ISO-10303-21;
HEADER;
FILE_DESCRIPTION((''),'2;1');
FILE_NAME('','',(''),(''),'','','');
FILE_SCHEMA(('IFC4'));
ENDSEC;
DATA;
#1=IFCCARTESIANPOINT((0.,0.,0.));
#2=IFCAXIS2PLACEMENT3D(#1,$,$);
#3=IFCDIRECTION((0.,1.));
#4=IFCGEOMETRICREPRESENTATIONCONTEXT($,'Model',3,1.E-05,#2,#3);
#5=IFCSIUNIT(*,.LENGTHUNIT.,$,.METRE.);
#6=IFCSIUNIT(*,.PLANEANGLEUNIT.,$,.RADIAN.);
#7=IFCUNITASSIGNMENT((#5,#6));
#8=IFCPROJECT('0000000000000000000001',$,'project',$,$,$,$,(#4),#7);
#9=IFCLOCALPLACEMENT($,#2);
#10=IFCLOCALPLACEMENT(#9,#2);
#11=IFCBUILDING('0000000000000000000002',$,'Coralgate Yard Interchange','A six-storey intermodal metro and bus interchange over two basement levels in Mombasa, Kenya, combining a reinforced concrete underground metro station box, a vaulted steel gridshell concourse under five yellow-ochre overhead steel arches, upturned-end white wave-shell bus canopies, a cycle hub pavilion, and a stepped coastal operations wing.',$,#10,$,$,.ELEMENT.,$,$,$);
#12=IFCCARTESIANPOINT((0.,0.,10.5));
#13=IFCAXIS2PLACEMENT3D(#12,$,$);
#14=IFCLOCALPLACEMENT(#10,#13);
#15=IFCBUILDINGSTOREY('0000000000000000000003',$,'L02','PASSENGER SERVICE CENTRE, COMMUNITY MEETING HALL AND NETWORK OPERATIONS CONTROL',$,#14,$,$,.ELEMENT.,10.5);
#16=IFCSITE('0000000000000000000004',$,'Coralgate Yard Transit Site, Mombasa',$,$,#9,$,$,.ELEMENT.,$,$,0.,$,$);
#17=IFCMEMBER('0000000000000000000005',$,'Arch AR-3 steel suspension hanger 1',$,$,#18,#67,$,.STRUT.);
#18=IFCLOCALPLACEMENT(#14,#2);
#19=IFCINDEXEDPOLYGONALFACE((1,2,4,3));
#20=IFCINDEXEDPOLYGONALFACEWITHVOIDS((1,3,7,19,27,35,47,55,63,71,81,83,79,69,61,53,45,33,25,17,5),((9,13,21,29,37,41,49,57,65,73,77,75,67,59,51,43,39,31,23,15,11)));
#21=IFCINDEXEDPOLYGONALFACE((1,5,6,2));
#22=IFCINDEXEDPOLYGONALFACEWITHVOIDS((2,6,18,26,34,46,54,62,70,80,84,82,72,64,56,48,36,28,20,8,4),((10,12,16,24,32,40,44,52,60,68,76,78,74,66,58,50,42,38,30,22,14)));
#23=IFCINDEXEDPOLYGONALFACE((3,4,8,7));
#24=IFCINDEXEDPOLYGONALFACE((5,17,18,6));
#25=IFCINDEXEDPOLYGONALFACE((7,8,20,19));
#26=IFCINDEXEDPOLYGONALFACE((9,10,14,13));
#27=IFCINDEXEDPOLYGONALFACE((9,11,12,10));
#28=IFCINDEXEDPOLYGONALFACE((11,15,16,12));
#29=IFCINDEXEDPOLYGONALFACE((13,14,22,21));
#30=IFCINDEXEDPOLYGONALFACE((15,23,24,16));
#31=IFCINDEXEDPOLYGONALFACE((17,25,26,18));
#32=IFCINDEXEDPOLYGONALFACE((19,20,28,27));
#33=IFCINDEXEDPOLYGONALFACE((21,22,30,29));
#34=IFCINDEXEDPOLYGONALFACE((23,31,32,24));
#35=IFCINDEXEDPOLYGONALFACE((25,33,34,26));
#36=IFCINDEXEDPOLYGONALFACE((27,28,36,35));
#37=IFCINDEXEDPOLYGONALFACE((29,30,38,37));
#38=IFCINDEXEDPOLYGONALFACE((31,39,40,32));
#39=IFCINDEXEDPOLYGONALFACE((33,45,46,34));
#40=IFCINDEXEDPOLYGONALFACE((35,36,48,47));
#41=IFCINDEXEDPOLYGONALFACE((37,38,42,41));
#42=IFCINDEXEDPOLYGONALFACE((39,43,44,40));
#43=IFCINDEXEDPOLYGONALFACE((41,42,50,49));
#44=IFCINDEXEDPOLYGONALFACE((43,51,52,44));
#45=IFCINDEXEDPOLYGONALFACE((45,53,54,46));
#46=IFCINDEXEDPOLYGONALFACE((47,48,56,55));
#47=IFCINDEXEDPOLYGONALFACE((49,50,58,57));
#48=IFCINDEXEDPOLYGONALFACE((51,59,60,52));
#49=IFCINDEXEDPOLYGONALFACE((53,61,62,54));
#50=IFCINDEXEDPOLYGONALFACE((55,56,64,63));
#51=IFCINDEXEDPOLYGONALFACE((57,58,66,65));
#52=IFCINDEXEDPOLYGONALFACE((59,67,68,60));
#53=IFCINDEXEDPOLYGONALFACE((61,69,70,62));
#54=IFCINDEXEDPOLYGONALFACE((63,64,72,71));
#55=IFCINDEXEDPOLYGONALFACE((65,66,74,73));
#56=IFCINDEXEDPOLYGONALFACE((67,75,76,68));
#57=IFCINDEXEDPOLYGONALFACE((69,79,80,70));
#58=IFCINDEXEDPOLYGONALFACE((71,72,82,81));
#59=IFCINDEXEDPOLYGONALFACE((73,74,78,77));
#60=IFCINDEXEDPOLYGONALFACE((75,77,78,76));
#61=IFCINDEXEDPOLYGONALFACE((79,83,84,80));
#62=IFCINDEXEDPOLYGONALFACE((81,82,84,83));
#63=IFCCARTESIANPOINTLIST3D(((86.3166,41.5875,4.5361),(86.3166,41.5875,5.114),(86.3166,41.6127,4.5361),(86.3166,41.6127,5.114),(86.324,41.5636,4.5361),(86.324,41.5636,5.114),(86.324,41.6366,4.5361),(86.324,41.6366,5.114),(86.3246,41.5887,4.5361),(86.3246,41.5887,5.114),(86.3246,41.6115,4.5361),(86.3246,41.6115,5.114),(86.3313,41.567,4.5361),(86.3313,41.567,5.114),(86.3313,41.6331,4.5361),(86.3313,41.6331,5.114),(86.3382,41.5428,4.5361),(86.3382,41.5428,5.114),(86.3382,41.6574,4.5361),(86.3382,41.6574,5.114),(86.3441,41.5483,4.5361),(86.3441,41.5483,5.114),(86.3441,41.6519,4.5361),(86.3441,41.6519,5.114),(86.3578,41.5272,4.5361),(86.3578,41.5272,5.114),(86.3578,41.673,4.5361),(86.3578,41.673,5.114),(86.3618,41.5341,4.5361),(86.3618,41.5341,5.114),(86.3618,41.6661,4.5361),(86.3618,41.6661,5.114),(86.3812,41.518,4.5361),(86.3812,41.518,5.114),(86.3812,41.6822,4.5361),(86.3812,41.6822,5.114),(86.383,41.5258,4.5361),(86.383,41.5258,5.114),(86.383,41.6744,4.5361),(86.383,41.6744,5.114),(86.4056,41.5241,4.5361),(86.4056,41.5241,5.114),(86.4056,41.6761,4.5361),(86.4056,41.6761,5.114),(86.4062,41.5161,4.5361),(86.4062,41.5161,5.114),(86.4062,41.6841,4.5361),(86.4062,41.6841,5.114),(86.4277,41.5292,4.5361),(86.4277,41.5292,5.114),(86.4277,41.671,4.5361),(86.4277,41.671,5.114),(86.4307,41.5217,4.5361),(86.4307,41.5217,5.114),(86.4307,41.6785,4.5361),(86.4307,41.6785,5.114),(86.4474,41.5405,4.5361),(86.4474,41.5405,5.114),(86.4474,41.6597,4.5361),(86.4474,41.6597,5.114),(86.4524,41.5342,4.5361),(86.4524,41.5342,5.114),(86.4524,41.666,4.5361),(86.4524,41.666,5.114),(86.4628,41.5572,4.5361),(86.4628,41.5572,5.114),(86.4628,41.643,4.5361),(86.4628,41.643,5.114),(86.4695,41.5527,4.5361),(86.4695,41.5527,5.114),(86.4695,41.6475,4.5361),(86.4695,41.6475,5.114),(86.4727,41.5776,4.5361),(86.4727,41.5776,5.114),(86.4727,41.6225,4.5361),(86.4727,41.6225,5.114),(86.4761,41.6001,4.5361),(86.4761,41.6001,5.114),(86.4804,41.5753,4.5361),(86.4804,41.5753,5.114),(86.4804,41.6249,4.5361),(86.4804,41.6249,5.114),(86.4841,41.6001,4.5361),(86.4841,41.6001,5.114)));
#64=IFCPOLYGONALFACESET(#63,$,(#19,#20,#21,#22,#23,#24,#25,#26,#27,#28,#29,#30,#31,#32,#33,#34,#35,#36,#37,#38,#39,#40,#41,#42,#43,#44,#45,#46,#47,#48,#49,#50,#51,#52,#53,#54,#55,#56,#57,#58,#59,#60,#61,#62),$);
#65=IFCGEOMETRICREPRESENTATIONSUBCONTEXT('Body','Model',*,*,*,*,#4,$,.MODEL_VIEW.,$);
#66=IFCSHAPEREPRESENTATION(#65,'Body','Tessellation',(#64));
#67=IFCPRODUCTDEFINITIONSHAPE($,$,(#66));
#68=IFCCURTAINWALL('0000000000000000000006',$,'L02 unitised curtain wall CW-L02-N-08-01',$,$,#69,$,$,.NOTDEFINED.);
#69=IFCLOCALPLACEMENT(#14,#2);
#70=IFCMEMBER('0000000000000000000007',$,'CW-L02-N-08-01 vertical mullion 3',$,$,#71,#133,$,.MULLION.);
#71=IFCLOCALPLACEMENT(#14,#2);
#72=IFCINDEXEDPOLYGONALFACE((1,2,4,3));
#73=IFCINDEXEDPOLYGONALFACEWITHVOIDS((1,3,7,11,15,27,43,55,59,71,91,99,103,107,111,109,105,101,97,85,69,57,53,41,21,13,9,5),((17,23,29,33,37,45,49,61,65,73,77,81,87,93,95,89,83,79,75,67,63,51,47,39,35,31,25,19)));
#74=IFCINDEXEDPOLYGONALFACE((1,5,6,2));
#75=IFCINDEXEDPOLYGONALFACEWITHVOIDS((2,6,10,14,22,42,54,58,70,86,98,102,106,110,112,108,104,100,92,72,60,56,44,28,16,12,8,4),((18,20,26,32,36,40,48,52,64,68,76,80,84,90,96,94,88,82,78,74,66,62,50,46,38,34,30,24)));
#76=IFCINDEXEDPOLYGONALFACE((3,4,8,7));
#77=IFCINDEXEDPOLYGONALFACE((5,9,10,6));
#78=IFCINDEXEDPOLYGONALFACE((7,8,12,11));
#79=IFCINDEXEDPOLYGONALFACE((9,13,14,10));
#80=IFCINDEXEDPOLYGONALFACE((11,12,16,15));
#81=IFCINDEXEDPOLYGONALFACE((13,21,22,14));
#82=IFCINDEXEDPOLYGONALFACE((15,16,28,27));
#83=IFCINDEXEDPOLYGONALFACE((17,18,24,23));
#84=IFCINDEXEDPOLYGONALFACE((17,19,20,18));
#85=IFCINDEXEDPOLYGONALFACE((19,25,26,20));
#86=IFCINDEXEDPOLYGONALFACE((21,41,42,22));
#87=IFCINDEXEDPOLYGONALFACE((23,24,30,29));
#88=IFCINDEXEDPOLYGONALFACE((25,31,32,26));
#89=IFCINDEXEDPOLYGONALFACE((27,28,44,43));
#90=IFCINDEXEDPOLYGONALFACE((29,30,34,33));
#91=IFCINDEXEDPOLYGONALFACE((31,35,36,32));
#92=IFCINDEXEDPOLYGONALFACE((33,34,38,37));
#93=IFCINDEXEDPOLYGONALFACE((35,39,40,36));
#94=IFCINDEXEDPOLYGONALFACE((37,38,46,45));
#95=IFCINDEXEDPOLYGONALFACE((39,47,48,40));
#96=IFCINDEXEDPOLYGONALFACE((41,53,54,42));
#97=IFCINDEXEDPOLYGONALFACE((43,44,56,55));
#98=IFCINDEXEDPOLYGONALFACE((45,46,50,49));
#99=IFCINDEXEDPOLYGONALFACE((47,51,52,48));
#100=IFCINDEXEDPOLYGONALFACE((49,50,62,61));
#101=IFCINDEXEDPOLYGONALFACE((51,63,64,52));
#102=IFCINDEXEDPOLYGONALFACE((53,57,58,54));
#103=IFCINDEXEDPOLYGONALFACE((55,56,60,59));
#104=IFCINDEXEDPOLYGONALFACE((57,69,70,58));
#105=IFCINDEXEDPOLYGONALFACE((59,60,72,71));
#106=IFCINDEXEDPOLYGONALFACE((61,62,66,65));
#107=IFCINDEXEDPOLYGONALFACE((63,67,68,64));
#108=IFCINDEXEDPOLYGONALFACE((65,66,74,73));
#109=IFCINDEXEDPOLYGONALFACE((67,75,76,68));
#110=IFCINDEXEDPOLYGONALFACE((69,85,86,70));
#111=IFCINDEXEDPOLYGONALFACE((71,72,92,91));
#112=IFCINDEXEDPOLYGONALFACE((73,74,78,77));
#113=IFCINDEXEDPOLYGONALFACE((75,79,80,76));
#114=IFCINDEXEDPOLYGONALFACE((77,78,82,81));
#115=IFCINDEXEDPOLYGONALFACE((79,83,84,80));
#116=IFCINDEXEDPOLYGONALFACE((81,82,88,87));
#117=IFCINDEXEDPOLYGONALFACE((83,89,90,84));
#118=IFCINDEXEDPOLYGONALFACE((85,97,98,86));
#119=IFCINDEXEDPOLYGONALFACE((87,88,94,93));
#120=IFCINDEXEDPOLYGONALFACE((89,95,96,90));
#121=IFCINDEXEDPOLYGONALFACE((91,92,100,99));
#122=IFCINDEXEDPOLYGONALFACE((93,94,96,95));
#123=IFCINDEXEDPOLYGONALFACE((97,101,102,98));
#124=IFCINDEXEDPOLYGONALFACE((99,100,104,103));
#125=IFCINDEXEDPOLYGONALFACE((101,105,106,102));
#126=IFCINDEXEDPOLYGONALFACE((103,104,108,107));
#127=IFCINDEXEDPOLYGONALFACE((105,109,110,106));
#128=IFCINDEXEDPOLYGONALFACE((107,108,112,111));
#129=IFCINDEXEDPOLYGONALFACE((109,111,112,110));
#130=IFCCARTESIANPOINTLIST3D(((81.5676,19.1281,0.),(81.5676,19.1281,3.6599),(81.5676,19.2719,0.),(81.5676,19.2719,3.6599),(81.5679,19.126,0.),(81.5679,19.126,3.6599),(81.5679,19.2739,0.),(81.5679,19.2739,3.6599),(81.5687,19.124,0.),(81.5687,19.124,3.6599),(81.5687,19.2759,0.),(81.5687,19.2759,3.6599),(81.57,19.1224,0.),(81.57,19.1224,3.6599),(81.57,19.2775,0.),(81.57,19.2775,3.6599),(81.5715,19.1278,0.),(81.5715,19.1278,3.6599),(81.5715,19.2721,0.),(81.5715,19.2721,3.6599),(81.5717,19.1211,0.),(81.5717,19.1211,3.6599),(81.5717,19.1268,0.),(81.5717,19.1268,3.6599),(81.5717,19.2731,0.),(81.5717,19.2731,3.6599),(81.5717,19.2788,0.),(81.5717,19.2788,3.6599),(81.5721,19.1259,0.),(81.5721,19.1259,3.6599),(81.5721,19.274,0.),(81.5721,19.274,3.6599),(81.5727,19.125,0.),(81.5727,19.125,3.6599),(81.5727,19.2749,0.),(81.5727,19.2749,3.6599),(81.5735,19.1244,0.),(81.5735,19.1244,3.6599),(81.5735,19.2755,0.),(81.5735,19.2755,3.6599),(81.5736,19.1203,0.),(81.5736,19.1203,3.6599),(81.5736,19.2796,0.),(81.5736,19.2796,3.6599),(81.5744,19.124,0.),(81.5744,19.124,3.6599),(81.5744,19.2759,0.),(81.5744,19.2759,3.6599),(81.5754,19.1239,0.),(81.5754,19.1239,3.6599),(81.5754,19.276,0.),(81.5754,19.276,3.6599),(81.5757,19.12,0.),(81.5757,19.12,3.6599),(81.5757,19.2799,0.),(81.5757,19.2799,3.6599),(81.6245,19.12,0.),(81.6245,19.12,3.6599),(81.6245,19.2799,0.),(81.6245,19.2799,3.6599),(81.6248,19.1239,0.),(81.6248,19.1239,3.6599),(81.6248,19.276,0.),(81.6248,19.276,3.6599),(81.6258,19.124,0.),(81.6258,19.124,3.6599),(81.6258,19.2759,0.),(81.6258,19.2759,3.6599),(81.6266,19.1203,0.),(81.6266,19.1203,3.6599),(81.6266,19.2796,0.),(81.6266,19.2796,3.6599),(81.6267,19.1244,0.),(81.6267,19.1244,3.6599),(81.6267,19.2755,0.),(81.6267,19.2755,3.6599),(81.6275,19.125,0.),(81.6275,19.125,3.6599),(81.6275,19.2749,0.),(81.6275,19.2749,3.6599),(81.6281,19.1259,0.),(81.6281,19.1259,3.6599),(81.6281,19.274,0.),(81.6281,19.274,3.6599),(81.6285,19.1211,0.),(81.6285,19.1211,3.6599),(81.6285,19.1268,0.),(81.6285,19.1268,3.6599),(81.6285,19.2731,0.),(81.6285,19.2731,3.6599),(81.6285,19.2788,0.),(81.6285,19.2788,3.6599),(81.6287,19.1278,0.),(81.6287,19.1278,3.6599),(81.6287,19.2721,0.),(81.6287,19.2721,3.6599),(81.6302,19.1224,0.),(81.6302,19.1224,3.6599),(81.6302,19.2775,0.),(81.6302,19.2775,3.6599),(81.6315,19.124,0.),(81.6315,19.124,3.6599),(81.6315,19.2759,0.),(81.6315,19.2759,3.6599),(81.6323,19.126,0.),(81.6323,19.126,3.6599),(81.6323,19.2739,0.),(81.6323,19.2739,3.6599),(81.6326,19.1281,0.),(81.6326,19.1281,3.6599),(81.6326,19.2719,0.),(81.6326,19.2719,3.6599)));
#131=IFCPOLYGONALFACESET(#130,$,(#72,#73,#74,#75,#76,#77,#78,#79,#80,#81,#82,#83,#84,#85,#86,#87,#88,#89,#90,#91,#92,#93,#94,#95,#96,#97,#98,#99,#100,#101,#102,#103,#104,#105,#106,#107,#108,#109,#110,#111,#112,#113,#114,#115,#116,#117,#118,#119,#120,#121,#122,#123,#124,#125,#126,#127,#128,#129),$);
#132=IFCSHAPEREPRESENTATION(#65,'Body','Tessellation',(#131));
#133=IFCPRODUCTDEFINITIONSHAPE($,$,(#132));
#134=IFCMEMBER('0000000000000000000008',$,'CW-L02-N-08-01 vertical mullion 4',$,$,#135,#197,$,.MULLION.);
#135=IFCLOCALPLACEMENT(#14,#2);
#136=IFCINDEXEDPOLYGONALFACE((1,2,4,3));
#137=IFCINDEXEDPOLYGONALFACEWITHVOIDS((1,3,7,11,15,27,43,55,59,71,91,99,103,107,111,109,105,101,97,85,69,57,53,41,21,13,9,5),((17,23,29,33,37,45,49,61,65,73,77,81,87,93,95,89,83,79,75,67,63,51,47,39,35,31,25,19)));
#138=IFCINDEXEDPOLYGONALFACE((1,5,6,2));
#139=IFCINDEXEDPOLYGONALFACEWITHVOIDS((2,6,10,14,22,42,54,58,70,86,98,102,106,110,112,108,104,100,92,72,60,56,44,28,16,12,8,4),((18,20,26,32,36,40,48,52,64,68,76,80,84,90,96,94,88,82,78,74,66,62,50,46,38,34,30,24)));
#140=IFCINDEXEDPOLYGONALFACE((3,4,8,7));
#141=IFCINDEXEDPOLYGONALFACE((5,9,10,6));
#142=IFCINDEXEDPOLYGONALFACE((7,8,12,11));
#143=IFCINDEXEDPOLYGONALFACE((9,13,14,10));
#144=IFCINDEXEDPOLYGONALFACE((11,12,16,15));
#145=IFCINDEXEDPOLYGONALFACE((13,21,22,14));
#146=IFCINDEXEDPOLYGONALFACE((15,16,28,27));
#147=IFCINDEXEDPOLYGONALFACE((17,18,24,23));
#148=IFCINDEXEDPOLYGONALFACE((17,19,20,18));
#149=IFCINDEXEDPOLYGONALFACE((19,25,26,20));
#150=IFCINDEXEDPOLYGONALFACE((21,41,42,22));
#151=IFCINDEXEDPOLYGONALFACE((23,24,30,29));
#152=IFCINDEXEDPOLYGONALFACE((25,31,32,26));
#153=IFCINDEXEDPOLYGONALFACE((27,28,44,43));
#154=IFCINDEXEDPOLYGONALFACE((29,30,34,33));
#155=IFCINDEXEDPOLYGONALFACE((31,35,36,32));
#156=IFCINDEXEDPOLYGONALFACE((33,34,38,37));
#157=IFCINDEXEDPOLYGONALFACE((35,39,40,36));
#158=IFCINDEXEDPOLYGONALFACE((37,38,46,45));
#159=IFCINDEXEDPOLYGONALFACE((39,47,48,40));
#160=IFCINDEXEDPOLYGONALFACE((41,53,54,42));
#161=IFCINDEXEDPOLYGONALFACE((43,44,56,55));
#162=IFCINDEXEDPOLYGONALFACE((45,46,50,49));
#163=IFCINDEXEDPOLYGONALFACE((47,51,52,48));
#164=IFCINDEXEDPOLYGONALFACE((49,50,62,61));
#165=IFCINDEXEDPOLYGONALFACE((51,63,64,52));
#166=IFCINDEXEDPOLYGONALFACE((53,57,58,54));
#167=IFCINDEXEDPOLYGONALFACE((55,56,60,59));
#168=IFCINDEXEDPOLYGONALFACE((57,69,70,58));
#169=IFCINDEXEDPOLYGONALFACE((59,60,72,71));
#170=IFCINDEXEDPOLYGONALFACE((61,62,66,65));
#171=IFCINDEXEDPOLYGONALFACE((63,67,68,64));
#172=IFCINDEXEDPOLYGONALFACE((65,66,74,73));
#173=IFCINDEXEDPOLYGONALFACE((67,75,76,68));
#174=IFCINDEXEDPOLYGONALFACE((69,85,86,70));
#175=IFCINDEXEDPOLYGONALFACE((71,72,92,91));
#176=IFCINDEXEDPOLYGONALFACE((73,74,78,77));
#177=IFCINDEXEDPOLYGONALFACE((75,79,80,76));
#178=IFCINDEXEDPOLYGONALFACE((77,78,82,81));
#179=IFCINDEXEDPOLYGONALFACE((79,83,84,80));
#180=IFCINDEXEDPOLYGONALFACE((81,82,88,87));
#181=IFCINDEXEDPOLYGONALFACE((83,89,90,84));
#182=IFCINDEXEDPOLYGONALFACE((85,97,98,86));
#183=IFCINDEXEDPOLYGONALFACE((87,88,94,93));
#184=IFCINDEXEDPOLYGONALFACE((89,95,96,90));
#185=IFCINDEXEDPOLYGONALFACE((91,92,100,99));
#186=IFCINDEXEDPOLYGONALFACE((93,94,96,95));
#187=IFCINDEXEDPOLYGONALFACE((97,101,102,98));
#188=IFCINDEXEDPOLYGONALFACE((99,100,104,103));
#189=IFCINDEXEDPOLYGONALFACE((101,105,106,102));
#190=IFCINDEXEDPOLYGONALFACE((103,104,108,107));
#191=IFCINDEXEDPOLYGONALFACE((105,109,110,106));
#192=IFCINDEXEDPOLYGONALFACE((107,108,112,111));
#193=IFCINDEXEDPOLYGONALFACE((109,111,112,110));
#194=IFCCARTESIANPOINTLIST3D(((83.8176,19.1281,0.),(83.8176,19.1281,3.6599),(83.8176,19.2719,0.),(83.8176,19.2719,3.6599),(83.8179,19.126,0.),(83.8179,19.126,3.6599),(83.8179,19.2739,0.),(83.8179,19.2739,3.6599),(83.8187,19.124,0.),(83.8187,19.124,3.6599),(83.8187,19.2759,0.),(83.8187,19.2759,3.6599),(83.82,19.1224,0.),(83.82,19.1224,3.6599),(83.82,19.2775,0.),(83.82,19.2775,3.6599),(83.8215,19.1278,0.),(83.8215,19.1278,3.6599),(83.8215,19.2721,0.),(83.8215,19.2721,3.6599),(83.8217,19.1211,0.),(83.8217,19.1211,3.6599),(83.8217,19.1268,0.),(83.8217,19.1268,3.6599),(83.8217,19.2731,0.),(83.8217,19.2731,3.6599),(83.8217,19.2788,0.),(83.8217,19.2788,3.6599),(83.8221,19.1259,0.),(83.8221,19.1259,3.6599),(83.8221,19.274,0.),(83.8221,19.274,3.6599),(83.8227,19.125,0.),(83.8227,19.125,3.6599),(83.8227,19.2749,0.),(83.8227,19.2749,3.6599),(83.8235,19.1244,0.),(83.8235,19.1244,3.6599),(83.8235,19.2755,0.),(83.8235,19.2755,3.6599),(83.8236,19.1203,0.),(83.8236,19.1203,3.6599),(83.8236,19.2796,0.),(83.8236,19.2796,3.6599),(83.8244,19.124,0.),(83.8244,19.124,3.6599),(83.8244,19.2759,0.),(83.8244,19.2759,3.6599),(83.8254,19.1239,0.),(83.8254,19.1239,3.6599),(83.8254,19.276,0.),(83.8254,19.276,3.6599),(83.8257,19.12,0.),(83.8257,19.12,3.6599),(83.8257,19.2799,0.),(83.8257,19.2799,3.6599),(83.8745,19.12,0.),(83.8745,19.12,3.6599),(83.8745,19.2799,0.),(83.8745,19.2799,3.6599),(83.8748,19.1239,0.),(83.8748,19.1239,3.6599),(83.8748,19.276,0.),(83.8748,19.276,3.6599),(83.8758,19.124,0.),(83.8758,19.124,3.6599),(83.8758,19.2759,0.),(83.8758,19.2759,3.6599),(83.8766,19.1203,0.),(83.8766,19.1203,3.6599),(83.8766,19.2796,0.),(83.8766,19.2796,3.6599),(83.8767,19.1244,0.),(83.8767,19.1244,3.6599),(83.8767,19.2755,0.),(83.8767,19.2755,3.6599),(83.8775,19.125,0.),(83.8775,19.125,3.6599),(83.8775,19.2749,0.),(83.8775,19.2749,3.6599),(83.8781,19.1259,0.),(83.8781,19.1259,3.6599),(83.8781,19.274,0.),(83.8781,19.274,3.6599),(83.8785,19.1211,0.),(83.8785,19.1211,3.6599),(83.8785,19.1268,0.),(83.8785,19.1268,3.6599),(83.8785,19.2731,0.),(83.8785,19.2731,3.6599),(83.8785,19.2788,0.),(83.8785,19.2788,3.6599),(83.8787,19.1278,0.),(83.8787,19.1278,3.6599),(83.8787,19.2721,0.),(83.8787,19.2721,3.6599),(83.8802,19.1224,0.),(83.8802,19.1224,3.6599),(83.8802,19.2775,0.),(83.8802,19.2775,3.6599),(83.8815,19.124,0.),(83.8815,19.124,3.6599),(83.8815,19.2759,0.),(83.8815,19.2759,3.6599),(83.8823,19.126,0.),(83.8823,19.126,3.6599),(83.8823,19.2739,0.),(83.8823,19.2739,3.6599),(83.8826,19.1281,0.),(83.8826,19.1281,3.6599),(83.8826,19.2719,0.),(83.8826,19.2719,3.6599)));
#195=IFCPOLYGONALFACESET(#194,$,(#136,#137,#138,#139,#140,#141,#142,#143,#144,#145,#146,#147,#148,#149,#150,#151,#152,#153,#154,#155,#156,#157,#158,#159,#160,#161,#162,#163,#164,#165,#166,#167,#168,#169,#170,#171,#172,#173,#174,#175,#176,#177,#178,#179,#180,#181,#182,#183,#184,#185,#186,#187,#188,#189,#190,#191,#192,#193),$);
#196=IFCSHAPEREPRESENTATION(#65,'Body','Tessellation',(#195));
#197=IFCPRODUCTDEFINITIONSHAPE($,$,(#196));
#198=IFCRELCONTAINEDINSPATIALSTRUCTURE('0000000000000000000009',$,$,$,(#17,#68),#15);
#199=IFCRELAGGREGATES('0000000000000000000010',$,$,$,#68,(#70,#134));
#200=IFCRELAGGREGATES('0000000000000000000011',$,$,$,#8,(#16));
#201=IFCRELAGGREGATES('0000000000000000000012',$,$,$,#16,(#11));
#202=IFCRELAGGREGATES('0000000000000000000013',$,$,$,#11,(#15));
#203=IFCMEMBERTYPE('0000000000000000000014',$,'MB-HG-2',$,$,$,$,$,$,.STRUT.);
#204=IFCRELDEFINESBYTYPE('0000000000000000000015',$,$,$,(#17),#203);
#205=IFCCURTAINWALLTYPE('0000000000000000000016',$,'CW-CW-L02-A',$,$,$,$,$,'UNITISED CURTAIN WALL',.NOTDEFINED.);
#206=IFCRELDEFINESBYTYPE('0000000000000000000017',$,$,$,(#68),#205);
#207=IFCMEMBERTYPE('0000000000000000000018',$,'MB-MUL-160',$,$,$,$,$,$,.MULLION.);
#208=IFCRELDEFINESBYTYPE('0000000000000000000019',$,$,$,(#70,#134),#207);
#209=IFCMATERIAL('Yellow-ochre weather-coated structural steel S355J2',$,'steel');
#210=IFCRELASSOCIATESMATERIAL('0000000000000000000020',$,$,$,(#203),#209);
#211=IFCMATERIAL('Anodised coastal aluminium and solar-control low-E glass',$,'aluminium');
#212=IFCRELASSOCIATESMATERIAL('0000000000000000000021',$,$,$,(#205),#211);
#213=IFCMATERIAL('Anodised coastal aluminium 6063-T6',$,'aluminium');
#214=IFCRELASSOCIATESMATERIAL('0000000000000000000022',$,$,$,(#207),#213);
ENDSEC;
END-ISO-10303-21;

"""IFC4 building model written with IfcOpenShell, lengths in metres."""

from ifc_helpers import new_model, si_unit, direction, frame, origin, origin_2d, place, context, subcontext, project, spatial, hollow_rectangle, hollow_circle, extrude, material, material_profile, profile_set, type_object, element, aggregate, save


model = new_model("IFC4")

# Units and contexts
model_context = context("Model", 3, precision=1e-05, world=origin(), true_north=direction((0.0, 1.0)))
body_context = subcontext(model_context, "Body", "Model", "MODEL_VIEW")
ifc_project = project(units=[si_unit("LENGTHUNIT", "METRE"), si_unit("PLANEANGLEUNIT", "RADIAN")], contexts=[model_context])

# Site, building, storey
site_placement = place(None, origin())
site = spatial("IfcSite", under=ifc_project, at=site_placement, Name="Coralgate Yard Transit Site, Mombasa", CompositionType="ELEMENT", RefElevation=0.0)
building_placement = place(site_placement, origin())
building = spatial("IfcBuilding", under=site, at=building_placement, Name="Coralgate Yard Interchange", Description="A six-storey intermodal metro and bus interchange over two basement levels in Mombasa, Kenya, combining a reinforced concrete underground metro station box, a vaulted steel gridshell concourse under five yellow-ochre overhead steel arches, upturned-end white wave-shell bus canopies, a cycle hub pavilion, and a stepped coastal operations wing.", CompositionType="ELEMENT")
storey_placement = place(building_placement, frame((0.0, 0.0, 10.5)))
storey = spatial("IfcBuildingStorey", under=building, at=storey_placement, Name="L02", Description="PASSENGER SERVICE CENTRE, COMMUNITY MEETING HALL AND NETWORK OPERATIONS CONTROL", CompositionType="ELEMENT", Elevation=10.5)

# Shared definitions
ifc_material_1 = material(Name="Yellow-ochre weather-coated structural steel S355J2", Category="steel")

# Member
ifc_material_profile_1 = material_profile(ifc_material_1, hollow_circle(Radius=0.0842, WallThickness=0.0081, at=origin_2d()), Name="CHS 168.3x8")
ifc_profile_set_1 = profile_set([ifc_material_profile_1], Name="Yellow-ochre weather-coated structural steel S355J2")
member_type_1 = type_object("IfcMemberType", Name="MB-HG-2", PredefinedType="STRUT", material=ifc_profile_set_1)
member_1_placement = place(storey_placement, frame((86.3999, 41.6001, 4.5361), z_axis=(0.0, 0.0, 1.0), x_axis=(1.0, 0.0, 0.0)))
element("IfcMember", 1, at=member_1_placement, inside=storey, type_object=member_type_1, Name="Arch AR-3 steel suspension hanger 1", PredefinedType="STRUT", context=body_context, shape_type="SweptSolid", body=[
    extrude(hollow_circle(Radius=0.0842, WallThickness=0.0081, at=origin_2d()), origin(), (0.0, 0.0, 1.0), 0.5779),
])

# Curtain wall, members
ifc_material_2 = material(Name="Anodised coastal aluminium and solar-control low-E glass", Category="aluminium")
curtain_wall_type = type_object("IfcCurtainWallType", Name="CW-CW-L02-A", ElementType="UNITISED CURTAIN WALL", PredefinedType="NOTDEFINED", material=ifc_material_2)
curtain_wall_placement = place(storey_placement, origin())
curtain_wall = element("IfcCurtainWall", 2, at=curtain_wall_placement, inside=storey, type_object=curtain_wall_type, Name="L02 unitised curtain wall CW-L02-N-08-01", PredefinedType="NOTDEFINED")
ifc_material_3 = material(Name="Anodised coastal aluminium 6063-T6", Category="aluminium")
ifc_material_profile_2 = material_profile(ifc_material_3, hollow_rectangle(XDim=0.0649, YDim=0.1599, WallThickness=0.0039, InnerFilletRadius=0.0039, OuterFilletRadius=0.0081, at=origin_2d()), Name="ALU 65x160x4")
ifc_profile_set_2 = profile_set([ifc_material_profile_2], Name="Anodised coastal aluminium 6063-T6")
member_type_2 = type_object("IfcMemberType", Name="MB-MUL-160", PredefinedType="MULLION", material=ifc_profile_set_2)
member_2_placement = place(storey_placement, frame((81.6001, 19.2, 0.0), z_axis=(0.0, 0.0, 1.0), x_axis=(1.0, 0.0, 0.0)))
member_2 = element("IfcMember", 3, at=member_2_placement, type_object=member_type_2, Name="CW-L02-N-08-01 vertical mullion 3", PredefinedType="MULLION", context=body_context, shape_type="SweptSolid", body=[
    extrude(hollow_rectangle(XDim=0.0649, YDim=0.1599, WallThickness=0.0039, InnerFilletRadius=0.0039, OuterFilletRadius=0.0081, at=origin_2d()), origin(), (0.0, 0.0, 1.0), 3.6599),
])
member_3_placement = place(storey_placement, frame((83.8501, 19.2, 0.0), z_axis=(0.0, 0.0, 1.0), x_axis=(1.0, 0.0, 0.0)))
member_3 = element("IfcMember", 4, at=member_3_placement, type_object=member_type_2, Name="CW-L02-N-08-01 vertical mullion 4", PredefinedType="MULLION", context=body_context, shape_type="SweptSolid", body=[
    extrude(hollow_rectangle(XDim=0.0649, YDim=0.1599, WallThickness=0.0039, InnerFilletRadius=0.0039, OuterFilletRadius=0.0081, at=origin_2d()), origin(), (0.0, 0.0, 1.0), 3.6599),
])

aggregate(curtain_wall, [member_2, member_3])

save(model, "model.ifc")
